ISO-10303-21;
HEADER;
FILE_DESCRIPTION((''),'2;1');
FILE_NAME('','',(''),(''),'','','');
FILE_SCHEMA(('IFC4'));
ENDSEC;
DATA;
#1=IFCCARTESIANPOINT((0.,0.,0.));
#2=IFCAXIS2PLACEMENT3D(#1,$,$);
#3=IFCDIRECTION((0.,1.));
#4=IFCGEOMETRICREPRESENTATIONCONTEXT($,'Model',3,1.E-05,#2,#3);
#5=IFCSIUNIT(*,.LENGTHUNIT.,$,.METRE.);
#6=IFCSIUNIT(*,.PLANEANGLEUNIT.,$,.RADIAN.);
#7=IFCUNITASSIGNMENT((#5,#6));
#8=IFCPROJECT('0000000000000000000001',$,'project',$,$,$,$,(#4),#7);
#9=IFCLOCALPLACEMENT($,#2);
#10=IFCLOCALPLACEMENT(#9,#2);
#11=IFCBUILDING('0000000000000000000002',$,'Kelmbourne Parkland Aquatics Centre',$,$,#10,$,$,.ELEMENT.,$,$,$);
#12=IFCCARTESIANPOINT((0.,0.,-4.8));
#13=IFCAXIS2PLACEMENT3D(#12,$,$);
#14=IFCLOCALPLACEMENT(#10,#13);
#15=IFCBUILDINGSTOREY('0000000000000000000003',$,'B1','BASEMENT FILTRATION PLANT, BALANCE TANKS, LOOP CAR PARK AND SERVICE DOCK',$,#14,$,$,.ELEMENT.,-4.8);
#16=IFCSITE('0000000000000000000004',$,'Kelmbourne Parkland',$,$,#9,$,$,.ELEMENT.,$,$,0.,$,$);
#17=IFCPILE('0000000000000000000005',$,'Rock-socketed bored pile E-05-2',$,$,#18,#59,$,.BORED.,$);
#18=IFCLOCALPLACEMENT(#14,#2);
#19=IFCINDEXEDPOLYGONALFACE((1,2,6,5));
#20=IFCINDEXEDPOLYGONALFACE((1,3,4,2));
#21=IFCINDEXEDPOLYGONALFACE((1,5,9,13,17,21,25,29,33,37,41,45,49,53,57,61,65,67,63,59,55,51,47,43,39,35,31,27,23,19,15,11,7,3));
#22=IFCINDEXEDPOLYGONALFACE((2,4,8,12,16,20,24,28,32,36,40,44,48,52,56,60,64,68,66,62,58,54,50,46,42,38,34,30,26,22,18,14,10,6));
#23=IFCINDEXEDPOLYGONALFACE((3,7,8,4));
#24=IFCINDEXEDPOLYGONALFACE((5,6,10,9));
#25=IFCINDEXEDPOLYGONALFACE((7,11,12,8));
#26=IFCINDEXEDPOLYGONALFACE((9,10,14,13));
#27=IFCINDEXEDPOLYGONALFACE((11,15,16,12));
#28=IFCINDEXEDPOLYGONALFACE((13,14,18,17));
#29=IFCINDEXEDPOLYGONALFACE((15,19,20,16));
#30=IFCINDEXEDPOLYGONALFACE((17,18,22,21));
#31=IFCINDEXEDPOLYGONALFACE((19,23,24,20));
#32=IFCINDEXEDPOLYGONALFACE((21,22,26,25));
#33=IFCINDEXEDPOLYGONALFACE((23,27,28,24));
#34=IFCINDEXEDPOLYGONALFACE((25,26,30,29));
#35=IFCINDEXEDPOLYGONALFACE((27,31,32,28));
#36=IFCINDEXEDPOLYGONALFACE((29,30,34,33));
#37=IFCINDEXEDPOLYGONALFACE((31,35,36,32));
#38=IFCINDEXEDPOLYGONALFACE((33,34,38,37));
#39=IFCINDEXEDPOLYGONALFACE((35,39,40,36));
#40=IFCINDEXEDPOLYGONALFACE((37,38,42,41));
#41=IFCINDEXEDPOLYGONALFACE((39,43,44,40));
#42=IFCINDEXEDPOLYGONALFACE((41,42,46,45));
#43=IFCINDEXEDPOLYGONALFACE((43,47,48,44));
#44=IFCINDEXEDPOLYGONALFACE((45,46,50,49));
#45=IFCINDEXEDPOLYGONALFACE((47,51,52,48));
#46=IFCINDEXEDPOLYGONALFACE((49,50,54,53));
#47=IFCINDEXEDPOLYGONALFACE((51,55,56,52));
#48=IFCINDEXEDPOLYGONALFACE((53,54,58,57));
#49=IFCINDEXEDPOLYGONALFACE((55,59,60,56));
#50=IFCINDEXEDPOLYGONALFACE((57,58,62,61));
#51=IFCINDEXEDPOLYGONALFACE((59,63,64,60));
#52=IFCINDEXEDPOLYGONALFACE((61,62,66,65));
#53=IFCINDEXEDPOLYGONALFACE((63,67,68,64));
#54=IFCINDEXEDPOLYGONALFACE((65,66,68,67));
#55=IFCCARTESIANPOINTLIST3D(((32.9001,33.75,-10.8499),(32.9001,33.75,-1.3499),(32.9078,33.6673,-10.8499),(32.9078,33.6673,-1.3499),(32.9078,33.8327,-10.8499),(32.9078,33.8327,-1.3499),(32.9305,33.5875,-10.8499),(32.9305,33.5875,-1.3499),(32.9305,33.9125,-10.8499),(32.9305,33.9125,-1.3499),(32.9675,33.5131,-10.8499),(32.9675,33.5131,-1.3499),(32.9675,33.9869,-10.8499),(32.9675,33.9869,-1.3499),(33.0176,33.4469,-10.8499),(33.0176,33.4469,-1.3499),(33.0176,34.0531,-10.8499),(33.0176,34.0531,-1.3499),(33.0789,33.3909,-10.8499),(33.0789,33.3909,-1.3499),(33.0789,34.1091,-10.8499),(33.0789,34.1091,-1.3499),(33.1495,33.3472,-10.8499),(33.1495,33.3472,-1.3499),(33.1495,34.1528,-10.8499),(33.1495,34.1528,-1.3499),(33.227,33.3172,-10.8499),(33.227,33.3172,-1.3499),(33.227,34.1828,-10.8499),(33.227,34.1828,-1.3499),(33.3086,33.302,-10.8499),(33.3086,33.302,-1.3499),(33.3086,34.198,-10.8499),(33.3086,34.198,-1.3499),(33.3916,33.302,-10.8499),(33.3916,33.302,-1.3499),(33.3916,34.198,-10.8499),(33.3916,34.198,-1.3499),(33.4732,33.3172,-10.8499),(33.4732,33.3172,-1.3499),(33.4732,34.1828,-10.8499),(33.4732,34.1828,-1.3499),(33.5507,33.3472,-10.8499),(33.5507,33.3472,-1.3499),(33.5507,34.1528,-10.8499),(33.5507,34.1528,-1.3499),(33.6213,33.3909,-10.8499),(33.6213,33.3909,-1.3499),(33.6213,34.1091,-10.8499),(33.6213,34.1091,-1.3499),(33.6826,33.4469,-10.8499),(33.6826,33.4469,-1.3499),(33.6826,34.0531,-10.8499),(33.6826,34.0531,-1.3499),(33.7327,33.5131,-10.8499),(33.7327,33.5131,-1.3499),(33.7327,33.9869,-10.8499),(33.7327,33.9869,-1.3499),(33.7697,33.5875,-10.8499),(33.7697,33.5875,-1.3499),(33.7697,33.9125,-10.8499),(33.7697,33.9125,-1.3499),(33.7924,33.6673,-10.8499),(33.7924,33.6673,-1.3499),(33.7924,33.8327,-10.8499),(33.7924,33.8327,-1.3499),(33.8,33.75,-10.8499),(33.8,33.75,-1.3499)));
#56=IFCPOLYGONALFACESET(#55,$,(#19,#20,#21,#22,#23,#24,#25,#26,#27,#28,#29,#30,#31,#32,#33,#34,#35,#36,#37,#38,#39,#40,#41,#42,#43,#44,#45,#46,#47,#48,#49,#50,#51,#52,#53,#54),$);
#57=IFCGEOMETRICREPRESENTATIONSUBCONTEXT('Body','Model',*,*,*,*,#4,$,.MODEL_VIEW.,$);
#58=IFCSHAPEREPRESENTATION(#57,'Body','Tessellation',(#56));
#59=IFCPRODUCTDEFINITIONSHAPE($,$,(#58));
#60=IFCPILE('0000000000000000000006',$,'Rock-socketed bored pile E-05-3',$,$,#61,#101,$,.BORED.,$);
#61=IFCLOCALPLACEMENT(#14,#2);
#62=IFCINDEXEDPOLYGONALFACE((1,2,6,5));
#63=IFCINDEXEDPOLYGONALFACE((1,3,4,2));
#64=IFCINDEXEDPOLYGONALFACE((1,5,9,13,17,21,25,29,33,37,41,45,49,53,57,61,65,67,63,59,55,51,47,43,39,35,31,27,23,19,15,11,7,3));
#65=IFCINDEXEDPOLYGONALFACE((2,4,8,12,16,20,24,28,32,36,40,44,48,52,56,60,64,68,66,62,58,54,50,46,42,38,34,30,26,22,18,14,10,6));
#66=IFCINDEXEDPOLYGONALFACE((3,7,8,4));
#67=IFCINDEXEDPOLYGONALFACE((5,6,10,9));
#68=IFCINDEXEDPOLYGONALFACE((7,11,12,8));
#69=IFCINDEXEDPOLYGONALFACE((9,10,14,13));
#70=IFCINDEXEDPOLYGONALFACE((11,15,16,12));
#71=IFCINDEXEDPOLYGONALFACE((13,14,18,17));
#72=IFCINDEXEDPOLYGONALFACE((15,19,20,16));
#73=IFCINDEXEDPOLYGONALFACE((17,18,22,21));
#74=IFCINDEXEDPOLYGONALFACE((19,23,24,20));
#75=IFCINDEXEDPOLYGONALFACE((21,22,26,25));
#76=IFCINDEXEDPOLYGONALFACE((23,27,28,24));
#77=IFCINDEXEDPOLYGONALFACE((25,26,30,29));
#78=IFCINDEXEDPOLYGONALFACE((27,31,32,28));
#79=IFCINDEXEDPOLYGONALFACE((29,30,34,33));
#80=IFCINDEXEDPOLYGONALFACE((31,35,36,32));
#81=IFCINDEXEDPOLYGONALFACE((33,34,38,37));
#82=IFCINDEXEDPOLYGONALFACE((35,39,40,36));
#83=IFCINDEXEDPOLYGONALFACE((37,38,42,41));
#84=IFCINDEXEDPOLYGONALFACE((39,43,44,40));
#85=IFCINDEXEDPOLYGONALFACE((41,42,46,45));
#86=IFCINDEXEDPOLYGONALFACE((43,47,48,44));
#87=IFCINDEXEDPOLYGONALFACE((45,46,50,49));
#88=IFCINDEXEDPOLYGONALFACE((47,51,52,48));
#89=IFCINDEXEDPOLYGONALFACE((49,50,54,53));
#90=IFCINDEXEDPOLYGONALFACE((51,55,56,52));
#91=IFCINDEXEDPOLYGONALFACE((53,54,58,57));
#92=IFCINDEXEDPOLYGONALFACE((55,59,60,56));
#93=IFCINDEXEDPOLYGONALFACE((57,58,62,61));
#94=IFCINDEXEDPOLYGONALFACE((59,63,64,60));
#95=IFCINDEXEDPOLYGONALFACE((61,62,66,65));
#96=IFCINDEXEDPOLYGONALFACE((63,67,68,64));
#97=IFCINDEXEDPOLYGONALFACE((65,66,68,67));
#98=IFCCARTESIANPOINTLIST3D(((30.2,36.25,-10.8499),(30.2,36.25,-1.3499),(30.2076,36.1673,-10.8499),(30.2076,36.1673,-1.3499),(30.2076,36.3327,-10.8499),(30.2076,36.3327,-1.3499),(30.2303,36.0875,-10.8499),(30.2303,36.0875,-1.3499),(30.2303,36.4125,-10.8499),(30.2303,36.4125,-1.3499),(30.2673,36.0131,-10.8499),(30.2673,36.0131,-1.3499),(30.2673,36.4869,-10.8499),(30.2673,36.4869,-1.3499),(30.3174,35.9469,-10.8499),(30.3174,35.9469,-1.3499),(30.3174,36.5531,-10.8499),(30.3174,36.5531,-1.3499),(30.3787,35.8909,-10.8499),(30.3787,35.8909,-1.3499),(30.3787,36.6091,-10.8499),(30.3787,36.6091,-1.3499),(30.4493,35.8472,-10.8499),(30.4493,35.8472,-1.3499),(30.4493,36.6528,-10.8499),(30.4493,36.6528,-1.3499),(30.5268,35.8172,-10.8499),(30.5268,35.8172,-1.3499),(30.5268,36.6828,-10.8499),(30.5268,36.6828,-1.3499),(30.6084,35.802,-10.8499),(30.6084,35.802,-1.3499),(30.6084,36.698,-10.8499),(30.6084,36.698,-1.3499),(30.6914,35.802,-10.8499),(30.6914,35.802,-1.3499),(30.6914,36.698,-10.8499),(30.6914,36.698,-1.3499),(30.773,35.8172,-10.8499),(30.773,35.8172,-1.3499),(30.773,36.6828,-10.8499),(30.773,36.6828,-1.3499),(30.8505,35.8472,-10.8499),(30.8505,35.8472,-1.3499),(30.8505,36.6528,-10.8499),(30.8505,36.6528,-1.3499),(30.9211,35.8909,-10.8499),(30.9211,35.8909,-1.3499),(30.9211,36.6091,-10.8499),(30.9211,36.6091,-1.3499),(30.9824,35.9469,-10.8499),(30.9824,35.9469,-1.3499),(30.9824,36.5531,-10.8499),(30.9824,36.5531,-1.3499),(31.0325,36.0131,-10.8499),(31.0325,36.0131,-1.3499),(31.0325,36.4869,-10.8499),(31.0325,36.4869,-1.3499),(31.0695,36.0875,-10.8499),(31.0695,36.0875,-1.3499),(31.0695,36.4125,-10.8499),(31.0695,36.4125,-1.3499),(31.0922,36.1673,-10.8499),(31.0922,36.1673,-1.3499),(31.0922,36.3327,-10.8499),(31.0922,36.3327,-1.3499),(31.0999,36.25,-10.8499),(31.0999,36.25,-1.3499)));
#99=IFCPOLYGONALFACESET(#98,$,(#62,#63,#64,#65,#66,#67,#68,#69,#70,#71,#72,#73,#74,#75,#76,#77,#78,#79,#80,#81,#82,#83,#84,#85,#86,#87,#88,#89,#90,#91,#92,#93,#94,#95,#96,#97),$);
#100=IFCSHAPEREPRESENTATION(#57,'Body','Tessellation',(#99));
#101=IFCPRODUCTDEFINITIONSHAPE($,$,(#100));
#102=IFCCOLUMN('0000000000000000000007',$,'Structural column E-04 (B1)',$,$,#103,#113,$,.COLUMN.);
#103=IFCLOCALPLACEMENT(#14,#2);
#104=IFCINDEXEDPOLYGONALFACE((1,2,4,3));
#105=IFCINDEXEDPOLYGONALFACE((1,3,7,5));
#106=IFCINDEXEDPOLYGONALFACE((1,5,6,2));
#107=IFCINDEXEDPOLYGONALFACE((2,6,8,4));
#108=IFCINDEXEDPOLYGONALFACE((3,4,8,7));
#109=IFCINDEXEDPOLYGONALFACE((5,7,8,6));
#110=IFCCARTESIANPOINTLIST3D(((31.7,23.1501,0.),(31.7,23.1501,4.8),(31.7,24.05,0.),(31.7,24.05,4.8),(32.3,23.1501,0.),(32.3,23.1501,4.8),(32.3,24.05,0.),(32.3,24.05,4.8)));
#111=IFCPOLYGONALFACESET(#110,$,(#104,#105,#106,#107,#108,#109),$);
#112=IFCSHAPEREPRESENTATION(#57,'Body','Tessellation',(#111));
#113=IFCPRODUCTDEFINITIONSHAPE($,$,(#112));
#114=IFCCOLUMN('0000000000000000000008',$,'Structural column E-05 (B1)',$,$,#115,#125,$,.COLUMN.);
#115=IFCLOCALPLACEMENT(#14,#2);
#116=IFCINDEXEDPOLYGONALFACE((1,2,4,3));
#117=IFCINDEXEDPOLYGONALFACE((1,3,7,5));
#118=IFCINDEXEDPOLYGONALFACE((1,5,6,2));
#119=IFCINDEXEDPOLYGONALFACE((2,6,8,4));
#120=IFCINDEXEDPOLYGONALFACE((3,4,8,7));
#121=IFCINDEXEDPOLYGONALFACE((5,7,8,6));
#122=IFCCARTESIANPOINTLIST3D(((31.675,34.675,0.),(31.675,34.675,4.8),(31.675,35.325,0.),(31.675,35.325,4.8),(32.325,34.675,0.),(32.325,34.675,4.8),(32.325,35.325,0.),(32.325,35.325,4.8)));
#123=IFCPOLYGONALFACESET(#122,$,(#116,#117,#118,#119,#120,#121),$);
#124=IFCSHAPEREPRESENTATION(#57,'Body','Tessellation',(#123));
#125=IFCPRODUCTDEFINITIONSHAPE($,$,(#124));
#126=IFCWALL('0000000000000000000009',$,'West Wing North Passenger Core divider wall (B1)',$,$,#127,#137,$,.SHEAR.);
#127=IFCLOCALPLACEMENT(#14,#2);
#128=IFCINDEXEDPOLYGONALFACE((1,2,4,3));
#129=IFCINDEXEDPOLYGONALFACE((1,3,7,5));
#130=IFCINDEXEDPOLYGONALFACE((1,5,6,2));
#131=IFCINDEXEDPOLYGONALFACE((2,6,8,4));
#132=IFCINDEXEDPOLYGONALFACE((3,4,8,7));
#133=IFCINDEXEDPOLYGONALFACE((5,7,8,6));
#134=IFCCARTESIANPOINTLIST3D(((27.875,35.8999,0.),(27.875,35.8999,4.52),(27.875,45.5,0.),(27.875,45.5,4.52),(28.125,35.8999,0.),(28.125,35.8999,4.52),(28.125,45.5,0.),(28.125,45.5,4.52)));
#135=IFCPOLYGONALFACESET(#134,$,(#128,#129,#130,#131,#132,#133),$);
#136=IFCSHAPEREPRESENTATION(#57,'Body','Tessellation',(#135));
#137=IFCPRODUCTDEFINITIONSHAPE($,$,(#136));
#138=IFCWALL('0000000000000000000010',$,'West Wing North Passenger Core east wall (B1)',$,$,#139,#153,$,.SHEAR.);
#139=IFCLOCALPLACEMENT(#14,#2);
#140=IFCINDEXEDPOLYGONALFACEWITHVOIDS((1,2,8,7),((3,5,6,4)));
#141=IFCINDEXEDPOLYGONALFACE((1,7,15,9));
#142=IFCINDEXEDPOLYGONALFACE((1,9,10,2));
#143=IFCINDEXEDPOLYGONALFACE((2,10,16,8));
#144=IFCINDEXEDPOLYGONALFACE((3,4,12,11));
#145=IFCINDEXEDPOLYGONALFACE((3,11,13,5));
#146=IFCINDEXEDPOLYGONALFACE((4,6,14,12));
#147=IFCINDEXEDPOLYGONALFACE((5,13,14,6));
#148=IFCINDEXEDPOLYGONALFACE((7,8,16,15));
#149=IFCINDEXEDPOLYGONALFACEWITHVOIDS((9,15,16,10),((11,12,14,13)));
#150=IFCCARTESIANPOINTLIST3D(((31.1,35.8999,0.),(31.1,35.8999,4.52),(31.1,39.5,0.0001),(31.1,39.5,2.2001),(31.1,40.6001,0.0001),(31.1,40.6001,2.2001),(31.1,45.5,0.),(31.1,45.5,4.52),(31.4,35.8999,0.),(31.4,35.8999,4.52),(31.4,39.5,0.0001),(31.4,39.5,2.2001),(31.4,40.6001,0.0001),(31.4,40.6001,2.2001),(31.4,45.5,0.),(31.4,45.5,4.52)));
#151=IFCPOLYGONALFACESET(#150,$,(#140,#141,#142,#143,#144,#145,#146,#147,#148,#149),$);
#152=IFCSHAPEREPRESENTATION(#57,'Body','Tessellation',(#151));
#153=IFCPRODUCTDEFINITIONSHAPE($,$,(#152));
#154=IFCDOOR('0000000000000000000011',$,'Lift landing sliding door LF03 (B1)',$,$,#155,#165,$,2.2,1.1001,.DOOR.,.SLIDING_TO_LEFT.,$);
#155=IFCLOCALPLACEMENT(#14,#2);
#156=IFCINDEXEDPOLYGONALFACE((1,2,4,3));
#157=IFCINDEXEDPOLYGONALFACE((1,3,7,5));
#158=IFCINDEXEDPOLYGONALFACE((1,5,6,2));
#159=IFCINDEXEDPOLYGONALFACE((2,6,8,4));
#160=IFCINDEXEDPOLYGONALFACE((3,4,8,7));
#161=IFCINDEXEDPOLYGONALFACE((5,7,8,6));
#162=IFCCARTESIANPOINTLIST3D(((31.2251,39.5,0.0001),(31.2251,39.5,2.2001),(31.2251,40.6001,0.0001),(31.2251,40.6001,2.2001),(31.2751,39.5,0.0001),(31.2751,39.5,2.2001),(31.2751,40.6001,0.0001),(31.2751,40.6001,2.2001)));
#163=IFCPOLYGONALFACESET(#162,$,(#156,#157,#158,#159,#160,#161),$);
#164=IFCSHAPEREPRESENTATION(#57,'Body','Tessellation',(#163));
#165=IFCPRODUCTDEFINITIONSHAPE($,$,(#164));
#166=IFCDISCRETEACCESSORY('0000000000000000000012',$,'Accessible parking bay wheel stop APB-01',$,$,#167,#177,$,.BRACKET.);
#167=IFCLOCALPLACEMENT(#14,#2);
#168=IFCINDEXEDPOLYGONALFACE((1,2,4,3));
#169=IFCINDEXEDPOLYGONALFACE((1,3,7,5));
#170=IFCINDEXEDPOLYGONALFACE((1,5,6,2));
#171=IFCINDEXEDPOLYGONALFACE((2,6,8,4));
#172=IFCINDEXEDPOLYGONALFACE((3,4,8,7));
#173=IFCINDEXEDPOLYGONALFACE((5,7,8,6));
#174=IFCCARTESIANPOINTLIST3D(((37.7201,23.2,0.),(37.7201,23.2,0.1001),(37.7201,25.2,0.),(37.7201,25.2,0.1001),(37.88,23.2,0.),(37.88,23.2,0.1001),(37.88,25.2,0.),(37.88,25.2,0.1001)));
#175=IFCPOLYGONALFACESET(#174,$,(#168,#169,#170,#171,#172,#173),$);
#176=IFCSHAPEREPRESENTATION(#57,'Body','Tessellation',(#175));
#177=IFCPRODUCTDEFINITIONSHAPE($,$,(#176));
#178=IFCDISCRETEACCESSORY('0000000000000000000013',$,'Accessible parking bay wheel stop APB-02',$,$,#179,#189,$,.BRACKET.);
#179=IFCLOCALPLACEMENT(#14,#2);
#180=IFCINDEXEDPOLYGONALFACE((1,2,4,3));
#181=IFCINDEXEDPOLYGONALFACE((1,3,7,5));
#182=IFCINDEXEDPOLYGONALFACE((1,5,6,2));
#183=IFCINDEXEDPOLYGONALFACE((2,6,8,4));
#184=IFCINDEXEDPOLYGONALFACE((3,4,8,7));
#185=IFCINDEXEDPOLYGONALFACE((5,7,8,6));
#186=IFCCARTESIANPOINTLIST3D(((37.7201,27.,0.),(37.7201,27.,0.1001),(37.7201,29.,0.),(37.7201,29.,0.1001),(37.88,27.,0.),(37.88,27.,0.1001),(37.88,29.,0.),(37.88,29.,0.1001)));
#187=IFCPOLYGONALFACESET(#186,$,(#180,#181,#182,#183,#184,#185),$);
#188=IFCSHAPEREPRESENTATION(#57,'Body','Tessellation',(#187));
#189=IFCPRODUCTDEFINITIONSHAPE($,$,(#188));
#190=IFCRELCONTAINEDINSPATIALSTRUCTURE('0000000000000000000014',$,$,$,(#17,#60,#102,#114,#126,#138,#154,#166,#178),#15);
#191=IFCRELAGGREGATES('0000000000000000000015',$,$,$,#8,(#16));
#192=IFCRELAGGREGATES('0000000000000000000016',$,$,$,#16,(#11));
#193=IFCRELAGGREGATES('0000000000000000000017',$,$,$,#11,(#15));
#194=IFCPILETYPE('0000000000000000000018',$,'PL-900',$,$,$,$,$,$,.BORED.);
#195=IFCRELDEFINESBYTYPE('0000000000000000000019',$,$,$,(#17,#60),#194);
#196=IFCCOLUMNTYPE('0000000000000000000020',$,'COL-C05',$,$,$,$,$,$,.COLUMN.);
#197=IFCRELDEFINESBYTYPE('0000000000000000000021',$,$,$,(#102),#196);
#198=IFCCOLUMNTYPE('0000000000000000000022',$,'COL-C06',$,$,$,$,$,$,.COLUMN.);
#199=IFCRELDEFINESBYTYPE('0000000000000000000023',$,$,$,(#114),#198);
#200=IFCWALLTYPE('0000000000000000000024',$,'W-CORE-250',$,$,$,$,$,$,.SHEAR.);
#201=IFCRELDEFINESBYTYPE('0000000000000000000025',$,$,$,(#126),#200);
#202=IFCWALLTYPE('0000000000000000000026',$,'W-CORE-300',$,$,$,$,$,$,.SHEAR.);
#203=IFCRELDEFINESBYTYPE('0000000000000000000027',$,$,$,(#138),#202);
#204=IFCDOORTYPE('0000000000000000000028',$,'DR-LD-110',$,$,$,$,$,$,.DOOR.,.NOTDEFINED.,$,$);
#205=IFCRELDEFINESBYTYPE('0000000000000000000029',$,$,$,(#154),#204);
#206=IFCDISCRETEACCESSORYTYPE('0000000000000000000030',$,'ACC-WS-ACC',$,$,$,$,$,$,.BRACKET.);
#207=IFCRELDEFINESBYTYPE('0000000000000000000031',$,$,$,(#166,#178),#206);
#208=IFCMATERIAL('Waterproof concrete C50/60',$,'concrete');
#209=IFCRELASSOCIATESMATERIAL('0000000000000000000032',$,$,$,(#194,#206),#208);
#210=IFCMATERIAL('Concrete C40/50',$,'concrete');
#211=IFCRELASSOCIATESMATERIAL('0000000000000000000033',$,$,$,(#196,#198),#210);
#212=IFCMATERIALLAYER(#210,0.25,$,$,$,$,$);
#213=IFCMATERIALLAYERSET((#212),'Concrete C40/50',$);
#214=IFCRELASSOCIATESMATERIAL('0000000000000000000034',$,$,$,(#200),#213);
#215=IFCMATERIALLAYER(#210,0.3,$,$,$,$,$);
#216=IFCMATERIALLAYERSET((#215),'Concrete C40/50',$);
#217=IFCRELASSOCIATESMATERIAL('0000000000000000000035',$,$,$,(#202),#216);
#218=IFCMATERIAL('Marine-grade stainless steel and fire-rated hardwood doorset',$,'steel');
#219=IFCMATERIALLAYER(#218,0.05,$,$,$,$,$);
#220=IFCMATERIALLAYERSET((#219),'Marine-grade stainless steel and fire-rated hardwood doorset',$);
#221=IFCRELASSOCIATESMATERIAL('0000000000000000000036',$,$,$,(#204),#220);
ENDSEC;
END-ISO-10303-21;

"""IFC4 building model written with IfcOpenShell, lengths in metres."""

from ifc_helpers import new_model, si_unit, direction, frame, frame_2d, origin, origin_2d, place, context, subcontext, project, spatial, rectangle, circle, extrude, material, layer, layer_set, material_profile, profile_set, type_object, element, fill, save


model = new_model("IFC4")

# Units and contexts
model_context = context("Model", 3, precision=1e-05, world=origin(), true_north=direction((0.0, 1.0)))
body_context = subcontext(model_context, "Body", "Model", "MODEL_VIEW")
ifc_project = project(units=[si_unit("LENGTHUNIT", "METRE"), si_unit("PLANEANGLEUNIT", "RADIAN")], contexts=[model_context])

# Site, building, storey
site_placement = place(None, origin())
site = spatial("IfcSite", under=ifc_project, at=site_placement, Name="Kelmbourne Parkland", CompositionType="ELEMENT", RefElevation=0.0)
building_placement = place(site_placement, origin())
building = spatial("IfcBuilding", under=site, at=building_placement, Name="Kelmbourne Parkland Aquatics Centre", CompositionType="ELEMENT")
storey_placement = place(building_placement, frame((0.0, 0.0, -4.8)))
storey = spatial("IfcBuildingStorey", under=building, at=storey_placement, Name="B1", Description="BASEMENT FILTRATION PLANT, BALANCE TANKS, LOOP CAR PARK AND SERVICE DOCK", CompositionType="ELEMENT", Elevation=-4.8)

# Shared definitions
ifc_material_1 = material(Name="Waterproof concrete C50/60", Category="concrete")

# Piles
ifc_material_profile_1 = material_profile(ifc_material_1, circle(Radius=0.45, at=origin_2d()), Name="PILE D900")
ifc_profile_set_1 = profile_set([ifc_material_profile_1], Name="Waterproof concrete C50/60")
pile_type_1 = type_object("IfcPileType", Name="PL-900", PredefinedType="BORED", material=ifc_profile_set_1)
for number, where, z_axis, x_axis, name in (
    (1, (33.3501, 33.75, -1.3499), (0.0, 0.0, -1.0), (1.0, 0.0, 0.0), "Rock-socketed bored pile E-05-2"),
    (2, (30.6499, 36.25, -1.3499), (0.0, 0.0, -1.0), (1.0, 0.0, 0.0), "Rock-socketed bored pile E-05-3"),
):
    element("IfcPile", number, at=place(storey_placement, frame(where, z_axis=z_axis, x_axis=x_axis)), inside=storey, type_object=pile_type_1, Name=name, PredefinedType="BORED", context=body_context, shape_type="SweptSolid", body=[
        extrude(circle(Radius=0.45, at=origin_2d()), origin(), (0.0, 0.0, 1.0), 9.5),
    ])

# Columns
ifc_material_2 = material(Name="Concrete C40/50", Category="concrete")
ifc_material_profile_2 = material_profile(ifc_material_2, rectangle(XDim=0.6001, YDim=0.8999, at=origin_2d()), Name="RC 600x900")
ifc_profile_set_2 = profile_set([ifc_material_profile_2], Name="Concrete C40/50")
column_type_1 = type_object("IfcColumnType", Name="COL-C05", PredefinedType="COLUMN", material=ifc_profile_set_2)
column_1_placement = place(storey_placement, frame((32.0, 23.6001, 0.0), z_axis=(0.0, 0.0, 1.0), x_axis=(1.0, 0.0, 0.0)))
element("IfcColumn", 3, at=column_1_placement, inside=storey, type_object=column_type_1, Name="Structural column E-04 (B1)", PredefinedType="COLUMN", context=body_context, shape_type="SweptSolid", body=[
    extrude(rectangle(XDim=0.6001, YDim=0.8999, at=origin_2d()), origin(), (0.0, 0.0, 1.0), 4.8),
])
ifc_material_profile_3 = material_profile(ifc_material_2, rectangle(XDim=0.6499, YDim=0.6499, at=origin_2d()), Name="RC 650x650")
ifc_profile_set_3 = profile_set([ifc_material_profile_3], Name="Concrete C40/50")
column_type_2 = type_object("IfcColumnType", Name="COL-C06", PredefinedType="COLUMN", material=ifc_profile_set_3)
column_2_placement = place(storey_placement, frame((32.0, 35.0, 0.0), z_axis=(0.0, 0.0, 1.0), x_axis=(1.0, 0.0, 0.0)))
element("IfcColumn", 4, at=column_2_placement, inside=storey, type_object=column_type_2, Name="Structural column E-05 (B1)", PredefinedType="COLUMN", context=body_context, shape_type="SweptSolid", body=[
    extrude(rectangle(XDim=0.6499, YDim=0.6499, at=origin_2d()), origin(), (0.0, 0.0, 1.0), 4.8),
])

# Wall
ifc_layer_1 = layer(ifc_material_2, 0.25)
ifc_layer_set_1 = layer_set([ifc_layer_1], Name="Concrete C40/50")
wall_type_1 = type_object("IfcWallType", Name="W-CORE-250", PredefinedType="SHEAR", material=ifc_layer_set_1)
wall_1_placement = place(storey_placement, frame((28.0, 35.8999, 0.0), z_axis=(0.0, 0.0, 1.0), x_axis=(0.0, 1.0, 0.0)))
element("IfcWall", 5, at=wall_1_placement, inside=storey, type_object=wall_type_1, Name="West Wing North Passenger Core divider wall (B1)", PredefinedType="SHEAR", context=body_context, shape_type="SweptSolid", body=[
    extrude(rectangle(XDim=9.6001, YDim=0.25, at=frame_2d((4.8, 0.0))), origin(), (0.0, 0.0, 1.0), 4.52),
])

# Wall, opening, door
ifc_layer_2 = layer(ifc_material_2, 0.3)
ifc_layer_set_2 = layer_set([ifc_layer_2], Name="Concrete C40/50")
wall_type_2 = type_object("IfcWallType", Name="W-CORE-300", PredefinedType="SHEAR", material=ifc_layer_set_2)
wall_2_placement = place(storey_placement, frame((31.25, 35.8999, 0.0), z_axis=(0.0, 0.0, 1.0), x_axis=(0.0, 1.0, 0.0)))
wall_2 = element("IfcWall", 6, at=wall_2_placement, inside=storey, type_object=wall_type_2, Name="West Wing North Passenger Core east wall (B1)", PredefinedType="SHEAR", context=body_context, shape_type="SweptSolid", body=[
    extrude(rectangle(XDim=9.6001, YDim=0.3, at=frame_2d((4.8, 0.0))), origin(), (0.0, 0.0, 1.0), 4.52),
])
opening_placement = place(wall_2_placement, frame((3.6001, 0.0, 0.0)))
opening = element("IfcOpeningElement", 7, at=opening_placement, cuts=wall_2, PredefinedType="OPENING", context=body_context, shape_type="SweptSolid", body=[
    extrude(rectangle(XDim=1.1001, YDim=2.2, at=frame_2d((0.55, 1.1001))), frame((0.0, 0.1621, 0.0), z_axis=(0.0, -1.0, 0.0), x_axis=(1.0, 0.0, 0.0)), (0.0, 0.0, 1.0), 0.324),
])
ifc_material_3 = material(Name="Marine-grade stainless steel and fire-rated hardwood doorset", Category="steel")
ifc_layer_3 = layer(ifc_material_3, 0.05)
ifc_layer_set_3 = layer_set([ifc_layer_3], Name="Marine-grade stainless steel and fire-rated hardwood doorset")
door_type = type_object("IfcDoorType", Name="DR-LD-110", OperationType="NOTDEFINED", PredefinedType="DOOR", material=ifc_layer_set_3)
door_placement = place(opening_placement, origin())
door = element("IfcDoor", 8, at=door_placement, inside=storey, type_object=door_type, Name="Lift landing sliding door LF03 (B1)", OperationType="SLIDING_TO_LEFT", OverallHeight=2.2, OverallWidth=1.1001, PredefinedType="DOOR", context=body_context, shape_type="SweptSolid", body=[
    extrude(rectangle(XDim=1.1001, YDim=2.2, at=frame_2d((0.55, 1.1001))), frame((0.0, 0.0249, 0.0), z_axis=(0.0, -1.0, 0.0), x_axis=(1.0, 0.0, 0.0)), (0.0, 0.0, 1.0), 0.05),
])
fill(opening, door)

# Discrete accessories
discrete_accessory_type = type_object("IfcDiscreteAccessoryType", Name="ACC-WS-ACC", PredefinedType="BRACKET", material=ifc_material_1)
for number, where, z_axis, x_axis, name in (
    (9, (37.8, 24.2, 0.0), (0.0, 0.0, 1.0), (1.0, 0.0, 0.0), "Accessible parking bay wheel stop APB-01"),
    (10, (37.8, 28.0, 0.0), (0.0, 0.0, 1.0), (1.0, 0.0, 0.0), "Accessible parking bay wheel stop APB-02"),
):
    element("IfcDiscreteAccessory", number, at=place(storey_placement, frame(where, z_axis=z_axis, x_axis=x_axis)), inside=storey, type_object=discrete_accessory_type, Name=name, PredefinedType="BRACKET", context=body_context, shape_type="SweptSolid", body=[
        extrude(rectangle(XDim=0.1599, YDim=2.0, at=origin_2d()), origin(), (0.0, 0.0, 1.0), 0.1001),
    ])

save(model, "model.ifc")
